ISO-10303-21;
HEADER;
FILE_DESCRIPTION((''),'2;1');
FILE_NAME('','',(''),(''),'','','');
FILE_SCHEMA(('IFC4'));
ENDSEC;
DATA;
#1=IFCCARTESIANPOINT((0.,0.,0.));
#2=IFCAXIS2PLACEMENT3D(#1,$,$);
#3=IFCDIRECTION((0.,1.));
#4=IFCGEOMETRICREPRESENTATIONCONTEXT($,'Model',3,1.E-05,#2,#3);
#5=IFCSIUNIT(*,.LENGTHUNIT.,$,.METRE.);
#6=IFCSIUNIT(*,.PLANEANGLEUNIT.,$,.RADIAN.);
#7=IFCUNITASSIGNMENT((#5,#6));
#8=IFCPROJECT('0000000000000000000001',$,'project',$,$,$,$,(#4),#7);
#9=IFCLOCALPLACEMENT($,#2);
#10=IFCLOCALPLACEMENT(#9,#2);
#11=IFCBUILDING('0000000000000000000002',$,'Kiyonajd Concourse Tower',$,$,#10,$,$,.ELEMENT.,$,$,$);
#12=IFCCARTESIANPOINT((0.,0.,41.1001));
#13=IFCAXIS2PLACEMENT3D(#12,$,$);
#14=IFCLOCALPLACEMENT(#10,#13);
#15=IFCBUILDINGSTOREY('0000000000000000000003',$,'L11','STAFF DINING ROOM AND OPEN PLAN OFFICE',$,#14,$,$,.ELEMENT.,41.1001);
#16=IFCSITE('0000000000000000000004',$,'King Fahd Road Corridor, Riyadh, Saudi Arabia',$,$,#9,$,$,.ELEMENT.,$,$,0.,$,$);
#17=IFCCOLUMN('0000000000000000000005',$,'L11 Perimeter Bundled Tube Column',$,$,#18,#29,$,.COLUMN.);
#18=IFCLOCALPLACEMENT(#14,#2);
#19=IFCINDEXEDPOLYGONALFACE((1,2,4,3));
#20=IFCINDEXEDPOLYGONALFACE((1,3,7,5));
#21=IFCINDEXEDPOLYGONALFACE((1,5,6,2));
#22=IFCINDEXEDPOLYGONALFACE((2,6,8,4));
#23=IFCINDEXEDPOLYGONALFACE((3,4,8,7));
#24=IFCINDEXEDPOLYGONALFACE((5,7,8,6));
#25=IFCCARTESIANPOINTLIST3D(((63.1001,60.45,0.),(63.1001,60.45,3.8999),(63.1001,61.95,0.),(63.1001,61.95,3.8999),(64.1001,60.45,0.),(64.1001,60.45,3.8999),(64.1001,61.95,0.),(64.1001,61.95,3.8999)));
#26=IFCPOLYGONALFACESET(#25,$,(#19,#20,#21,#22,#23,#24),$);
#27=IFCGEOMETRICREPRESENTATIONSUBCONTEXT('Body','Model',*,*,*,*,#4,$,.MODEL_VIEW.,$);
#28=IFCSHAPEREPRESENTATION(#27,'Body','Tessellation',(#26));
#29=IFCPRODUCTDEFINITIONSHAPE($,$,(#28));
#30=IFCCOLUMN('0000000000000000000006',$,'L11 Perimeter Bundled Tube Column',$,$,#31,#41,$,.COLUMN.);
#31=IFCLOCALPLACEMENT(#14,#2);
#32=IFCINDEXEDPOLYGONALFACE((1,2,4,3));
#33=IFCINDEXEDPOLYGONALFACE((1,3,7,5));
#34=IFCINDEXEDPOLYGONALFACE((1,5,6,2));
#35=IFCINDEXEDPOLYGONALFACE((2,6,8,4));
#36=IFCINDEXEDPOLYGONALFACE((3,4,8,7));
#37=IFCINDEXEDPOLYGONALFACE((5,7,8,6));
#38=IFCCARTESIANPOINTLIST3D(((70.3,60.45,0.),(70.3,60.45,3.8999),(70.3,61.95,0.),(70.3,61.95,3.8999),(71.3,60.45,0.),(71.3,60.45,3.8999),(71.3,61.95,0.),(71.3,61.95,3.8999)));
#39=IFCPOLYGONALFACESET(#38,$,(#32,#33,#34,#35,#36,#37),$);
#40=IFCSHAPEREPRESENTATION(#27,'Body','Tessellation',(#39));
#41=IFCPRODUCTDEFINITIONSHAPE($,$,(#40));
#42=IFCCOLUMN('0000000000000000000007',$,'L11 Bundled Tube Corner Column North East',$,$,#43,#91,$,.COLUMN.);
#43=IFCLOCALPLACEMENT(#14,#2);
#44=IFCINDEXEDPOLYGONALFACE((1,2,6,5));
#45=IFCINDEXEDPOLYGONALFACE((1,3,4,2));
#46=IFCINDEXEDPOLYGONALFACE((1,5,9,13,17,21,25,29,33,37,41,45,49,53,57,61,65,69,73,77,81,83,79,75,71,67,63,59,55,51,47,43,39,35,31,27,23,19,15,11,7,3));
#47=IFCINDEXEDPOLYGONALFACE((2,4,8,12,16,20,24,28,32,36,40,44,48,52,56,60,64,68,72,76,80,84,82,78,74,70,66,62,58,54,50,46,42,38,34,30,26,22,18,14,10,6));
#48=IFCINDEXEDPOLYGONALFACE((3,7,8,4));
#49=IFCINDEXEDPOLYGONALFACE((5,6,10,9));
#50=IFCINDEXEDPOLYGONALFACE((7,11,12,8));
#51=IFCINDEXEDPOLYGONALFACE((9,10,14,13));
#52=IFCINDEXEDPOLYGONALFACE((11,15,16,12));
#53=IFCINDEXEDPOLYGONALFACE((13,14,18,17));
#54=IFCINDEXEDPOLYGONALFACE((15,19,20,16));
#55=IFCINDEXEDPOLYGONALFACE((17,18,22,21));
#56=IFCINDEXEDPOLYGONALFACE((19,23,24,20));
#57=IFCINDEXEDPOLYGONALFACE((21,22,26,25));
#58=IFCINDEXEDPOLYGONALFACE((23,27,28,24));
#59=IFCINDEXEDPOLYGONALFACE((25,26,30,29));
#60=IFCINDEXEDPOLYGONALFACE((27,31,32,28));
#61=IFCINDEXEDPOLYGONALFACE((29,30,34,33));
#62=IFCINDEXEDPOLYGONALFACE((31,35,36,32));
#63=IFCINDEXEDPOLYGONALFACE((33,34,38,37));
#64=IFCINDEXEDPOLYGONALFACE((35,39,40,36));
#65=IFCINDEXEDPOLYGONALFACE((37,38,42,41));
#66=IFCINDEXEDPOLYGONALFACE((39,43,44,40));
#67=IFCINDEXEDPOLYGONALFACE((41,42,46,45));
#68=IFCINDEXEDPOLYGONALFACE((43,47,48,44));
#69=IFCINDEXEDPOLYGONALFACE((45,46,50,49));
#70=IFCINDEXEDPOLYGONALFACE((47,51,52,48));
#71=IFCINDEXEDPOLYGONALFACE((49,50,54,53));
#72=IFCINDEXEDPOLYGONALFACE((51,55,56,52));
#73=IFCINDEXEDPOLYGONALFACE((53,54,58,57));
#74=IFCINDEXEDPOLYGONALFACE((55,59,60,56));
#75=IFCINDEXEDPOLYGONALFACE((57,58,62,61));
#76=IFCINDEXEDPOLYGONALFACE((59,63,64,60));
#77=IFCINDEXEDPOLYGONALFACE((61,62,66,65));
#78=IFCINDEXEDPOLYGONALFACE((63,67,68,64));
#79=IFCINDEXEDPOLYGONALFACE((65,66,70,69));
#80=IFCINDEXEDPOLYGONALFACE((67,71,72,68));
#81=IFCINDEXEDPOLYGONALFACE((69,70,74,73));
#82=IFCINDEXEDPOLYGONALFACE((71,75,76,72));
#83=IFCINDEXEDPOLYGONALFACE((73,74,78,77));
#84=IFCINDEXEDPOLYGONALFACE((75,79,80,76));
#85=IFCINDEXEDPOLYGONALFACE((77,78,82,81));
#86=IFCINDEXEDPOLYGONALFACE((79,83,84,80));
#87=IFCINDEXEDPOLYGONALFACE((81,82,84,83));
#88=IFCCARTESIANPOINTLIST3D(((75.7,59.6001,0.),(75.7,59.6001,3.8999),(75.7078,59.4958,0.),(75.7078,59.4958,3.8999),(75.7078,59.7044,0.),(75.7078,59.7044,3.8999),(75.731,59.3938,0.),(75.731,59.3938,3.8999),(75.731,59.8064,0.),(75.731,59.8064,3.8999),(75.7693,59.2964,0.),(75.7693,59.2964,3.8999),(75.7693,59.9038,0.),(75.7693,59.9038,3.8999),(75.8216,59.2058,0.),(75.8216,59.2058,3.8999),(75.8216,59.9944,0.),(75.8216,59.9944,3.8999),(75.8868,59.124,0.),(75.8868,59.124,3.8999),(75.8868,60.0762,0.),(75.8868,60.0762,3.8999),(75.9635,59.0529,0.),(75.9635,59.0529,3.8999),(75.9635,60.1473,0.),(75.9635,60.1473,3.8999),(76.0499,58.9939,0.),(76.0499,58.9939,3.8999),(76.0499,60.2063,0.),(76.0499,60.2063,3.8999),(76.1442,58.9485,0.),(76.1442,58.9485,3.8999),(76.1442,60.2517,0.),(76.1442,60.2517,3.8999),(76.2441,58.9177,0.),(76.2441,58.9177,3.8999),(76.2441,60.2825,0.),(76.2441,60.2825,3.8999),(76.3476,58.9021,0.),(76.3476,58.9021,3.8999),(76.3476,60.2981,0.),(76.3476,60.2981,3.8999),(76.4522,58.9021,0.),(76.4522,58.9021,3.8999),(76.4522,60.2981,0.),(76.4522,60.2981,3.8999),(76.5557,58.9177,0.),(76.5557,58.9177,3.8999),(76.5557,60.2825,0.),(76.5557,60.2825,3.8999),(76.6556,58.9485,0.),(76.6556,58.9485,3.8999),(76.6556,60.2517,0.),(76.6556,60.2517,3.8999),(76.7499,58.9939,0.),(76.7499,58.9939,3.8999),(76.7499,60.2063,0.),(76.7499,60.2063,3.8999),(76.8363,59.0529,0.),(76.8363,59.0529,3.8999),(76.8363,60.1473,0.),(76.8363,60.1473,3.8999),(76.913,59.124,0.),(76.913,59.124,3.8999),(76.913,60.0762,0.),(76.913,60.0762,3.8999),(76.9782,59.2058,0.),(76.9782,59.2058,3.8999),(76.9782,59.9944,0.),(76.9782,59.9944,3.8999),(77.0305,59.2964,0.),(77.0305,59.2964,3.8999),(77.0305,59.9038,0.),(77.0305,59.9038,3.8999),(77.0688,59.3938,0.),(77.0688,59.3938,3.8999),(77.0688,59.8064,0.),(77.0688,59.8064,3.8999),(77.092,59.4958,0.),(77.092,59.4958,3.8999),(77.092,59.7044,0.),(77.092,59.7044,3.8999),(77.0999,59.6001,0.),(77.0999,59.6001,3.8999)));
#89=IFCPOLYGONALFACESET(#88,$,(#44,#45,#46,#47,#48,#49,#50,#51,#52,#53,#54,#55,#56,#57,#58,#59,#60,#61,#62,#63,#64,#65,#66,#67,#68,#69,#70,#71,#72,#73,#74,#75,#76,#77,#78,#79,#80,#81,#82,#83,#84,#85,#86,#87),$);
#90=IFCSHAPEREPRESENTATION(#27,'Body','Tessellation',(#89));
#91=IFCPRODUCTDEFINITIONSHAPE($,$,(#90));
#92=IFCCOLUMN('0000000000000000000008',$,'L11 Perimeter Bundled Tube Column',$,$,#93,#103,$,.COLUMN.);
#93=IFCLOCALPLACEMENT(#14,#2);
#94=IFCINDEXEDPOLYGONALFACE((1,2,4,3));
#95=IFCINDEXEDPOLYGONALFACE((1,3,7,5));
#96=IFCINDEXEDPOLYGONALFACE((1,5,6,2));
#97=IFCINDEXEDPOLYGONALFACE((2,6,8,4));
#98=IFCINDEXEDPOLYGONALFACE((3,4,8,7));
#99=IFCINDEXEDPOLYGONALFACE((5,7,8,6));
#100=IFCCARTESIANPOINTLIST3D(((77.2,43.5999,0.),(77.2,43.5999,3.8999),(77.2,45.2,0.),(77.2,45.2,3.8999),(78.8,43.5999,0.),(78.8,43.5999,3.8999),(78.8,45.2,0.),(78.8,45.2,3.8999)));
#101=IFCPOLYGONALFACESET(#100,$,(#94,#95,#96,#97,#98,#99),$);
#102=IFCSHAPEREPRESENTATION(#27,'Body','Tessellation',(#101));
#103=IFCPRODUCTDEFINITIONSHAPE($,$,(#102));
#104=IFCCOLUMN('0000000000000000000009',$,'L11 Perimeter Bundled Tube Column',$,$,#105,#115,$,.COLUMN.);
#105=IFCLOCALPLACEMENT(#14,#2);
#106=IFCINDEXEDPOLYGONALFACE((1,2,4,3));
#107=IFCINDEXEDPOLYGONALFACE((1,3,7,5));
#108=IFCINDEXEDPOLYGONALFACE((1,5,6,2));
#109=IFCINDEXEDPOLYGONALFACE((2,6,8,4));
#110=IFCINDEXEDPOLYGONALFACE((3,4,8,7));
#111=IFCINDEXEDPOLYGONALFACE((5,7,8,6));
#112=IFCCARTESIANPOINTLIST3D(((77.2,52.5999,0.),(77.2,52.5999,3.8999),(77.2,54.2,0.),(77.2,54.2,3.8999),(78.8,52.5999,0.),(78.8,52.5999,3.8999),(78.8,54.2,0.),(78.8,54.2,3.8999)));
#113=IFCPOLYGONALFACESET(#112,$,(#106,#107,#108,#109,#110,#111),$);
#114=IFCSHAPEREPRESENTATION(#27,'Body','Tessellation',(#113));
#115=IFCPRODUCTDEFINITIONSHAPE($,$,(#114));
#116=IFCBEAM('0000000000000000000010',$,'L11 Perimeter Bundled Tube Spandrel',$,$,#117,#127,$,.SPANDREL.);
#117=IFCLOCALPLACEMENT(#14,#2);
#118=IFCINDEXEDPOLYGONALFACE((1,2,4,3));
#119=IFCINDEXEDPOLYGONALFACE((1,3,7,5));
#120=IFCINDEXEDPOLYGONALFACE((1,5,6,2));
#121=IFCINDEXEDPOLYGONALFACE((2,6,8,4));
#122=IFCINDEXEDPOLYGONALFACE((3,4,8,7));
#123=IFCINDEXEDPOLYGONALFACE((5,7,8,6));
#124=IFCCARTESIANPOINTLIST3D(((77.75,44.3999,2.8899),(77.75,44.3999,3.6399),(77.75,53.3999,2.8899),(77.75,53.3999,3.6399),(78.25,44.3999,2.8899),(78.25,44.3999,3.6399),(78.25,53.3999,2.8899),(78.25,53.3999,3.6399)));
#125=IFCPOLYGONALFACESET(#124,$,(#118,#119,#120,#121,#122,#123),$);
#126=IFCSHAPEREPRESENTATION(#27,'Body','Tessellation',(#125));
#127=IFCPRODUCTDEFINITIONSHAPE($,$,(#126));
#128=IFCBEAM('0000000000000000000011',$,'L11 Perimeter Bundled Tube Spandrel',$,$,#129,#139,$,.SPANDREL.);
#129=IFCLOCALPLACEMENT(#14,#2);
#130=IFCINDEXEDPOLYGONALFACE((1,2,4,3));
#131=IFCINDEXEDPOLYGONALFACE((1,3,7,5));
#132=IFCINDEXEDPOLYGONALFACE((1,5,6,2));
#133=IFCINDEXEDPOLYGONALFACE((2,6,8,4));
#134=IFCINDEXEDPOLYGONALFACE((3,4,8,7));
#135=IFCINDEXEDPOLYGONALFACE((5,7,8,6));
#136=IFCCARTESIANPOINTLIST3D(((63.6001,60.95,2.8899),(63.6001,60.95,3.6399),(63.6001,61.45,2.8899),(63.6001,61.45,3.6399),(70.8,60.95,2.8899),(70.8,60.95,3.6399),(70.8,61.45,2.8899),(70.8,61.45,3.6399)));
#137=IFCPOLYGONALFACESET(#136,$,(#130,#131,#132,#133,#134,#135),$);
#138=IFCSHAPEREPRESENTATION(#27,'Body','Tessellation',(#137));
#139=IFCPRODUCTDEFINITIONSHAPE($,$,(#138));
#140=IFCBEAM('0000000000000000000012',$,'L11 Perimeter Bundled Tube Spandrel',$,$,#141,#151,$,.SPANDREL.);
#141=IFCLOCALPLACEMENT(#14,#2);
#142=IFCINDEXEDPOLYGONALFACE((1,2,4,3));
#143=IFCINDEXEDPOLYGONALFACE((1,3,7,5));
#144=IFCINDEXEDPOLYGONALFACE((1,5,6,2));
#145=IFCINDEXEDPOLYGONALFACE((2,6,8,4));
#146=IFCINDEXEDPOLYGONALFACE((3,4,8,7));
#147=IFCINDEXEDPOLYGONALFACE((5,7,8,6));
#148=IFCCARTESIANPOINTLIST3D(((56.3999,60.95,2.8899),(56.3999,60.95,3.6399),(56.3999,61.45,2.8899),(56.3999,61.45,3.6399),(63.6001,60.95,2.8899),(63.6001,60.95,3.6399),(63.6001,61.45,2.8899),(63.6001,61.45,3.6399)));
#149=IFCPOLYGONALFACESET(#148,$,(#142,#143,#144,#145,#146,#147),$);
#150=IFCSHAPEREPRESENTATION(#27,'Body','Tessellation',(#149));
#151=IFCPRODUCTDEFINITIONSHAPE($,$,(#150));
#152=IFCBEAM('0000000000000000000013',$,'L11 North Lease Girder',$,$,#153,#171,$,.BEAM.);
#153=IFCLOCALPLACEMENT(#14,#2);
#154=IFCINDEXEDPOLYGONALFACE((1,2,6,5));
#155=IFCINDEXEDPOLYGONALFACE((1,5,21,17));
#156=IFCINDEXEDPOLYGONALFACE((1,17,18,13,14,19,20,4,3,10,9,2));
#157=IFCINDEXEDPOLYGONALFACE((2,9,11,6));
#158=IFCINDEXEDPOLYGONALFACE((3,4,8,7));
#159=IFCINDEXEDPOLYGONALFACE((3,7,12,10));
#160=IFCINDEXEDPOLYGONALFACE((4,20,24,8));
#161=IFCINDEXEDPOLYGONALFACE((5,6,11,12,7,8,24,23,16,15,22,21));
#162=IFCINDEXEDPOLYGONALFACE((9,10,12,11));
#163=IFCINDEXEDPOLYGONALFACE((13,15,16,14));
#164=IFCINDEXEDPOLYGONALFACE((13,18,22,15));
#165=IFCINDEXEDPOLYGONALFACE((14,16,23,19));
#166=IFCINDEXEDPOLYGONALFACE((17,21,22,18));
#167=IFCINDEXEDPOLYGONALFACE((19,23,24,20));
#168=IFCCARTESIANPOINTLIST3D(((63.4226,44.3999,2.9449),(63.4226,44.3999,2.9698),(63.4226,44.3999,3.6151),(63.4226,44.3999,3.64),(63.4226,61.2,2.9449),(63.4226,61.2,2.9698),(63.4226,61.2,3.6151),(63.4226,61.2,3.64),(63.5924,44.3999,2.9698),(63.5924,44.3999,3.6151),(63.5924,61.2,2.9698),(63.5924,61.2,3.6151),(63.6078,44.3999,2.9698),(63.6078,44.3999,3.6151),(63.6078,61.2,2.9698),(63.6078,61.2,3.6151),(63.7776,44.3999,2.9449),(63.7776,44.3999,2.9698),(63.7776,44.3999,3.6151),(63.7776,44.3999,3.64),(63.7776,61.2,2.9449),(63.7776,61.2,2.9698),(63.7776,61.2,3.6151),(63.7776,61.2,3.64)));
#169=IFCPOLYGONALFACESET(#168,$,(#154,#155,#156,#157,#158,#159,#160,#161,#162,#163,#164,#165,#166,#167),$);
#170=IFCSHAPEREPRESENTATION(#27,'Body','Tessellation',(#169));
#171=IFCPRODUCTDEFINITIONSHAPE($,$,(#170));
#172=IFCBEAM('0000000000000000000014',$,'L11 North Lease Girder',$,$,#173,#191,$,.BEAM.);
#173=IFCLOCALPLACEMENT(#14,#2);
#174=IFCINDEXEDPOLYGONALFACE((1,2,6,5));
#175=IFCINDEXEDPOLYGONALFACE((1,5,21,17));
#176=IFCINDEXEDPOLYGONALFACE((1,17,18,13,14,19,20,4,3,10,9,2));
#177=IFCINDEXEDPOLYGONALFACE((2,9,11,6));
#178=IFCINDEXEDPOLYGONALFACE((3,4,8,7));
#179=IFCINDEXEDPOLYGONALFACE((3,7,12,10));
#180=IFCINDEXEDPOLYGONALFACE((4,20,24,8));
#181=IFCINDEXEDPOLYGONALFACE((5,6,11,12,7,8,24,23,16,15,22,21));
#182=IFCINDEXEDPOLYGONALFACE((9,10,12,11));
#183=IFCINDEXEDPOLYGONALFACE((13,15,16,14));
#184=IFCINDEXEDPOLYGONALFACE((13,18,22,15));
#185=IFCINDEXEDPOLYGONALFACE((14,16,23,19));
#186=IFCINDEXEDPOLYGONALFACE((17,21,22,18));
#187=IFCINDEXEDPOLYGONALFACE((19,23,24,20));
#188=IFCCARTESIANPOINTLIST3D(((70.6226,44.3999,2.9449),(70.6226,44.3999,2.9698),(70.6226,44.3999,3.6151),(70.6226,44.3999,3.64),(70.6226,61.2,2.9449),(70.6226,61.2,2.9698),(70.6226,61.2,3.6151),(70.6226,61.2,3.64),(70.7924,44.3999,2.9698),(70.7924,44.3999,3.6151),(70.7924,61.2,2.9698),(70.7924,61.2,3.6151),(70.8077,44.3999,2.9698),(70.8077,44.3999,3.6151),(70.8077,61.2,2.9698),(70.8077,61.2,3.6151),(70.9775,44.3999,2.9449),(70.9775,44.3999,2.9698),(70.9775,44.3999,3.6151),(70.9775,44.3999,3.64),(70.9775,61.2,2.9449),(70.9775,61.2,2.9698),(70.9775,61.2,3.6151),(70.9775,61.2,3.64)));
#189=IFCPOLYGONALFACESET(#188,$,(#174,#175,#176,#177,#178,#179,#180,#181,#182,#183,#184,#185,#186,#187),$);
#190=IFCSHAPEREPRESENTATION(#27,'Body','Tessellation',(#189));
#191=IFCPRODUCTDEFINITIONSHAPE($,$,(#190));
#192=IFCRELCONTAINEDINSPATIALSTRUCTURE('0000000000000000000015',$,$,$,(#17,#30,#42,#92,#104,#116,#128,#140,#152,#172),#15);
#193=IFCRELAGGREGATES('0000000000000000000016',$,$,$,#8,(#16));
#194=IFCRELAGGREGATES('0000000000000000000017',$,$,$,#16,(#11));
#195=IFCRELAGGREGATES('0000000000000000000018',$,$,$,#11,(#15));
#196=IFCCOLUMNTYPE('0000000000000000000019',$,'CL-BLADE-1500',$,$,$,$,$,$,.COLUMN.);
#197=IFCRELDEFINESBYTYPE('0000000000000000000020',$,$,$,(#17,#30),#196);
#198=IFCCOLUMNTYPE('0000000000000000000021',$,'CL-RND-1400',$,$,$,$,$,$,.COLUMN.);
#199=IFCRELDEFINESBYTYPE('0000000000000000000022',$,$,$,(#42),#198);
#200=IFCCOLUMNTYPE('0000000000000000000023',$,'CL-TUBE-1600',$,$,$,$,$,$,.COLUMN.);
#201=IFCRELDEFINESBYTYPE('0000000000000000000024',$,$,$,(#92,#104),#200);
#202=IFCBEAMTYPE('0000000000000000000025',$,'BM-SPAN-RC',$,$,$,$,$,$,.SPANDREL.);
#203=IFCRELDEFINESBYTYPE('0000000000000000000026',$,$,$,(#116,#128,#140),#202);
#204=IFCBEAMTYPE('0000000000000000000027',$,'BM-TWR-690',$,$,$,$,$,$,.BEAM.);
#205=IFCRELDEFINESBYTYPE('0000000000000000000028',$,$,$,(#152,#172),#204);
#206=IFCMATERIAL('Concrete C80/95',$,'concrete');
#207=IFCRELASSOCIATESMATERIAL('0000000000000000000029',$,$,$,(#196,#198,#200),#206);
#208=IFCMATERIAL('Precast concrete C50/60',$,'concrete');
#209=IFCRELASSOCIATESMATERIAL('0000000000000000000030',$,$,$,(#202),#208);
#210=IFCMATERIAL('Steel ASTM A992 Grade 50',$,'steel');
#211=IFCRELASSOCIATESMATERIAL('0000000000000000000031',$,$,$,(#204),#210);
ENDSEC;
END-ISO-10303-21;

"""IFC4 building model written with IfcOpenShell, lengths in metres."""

from ifc_helpers import new_model, si_unit, direction, frame, origin, origin_2d, place, context, subcontext, project, spatial, rectangle, circle, i_section, extrude, material, material_profile, profile_set, type_object, element, save


model = new_model("IFC4")

# Units and contexts
model_context = context("Model", 3, precision=1e-05, world=origin(), true_north=direction((0.0, 1.0)))
body_context = subcontext(model_context, "Body", "Model", "MODEL_VIEW")
ifc_project = project(units=[si_unit("LENGTHUNIT", "METRE"), si_unit("PLANEANGLEUNIT", "RADIAN")], contexts=[model_context])

# Site, building, storey
site_placement = place(None, origin())
site = spatial("IfcSite", under=ifc_project, at=site_placement, Name="King Fahd Road Corridor, Riyadh, Saudi Arabia", CompositionType="ELEMENT", RefElevation=0.0)
building_placement = place(site_placement, origin())
building = spatial("IfcBuilding", under=site, at=building_placement, Name="Kiyonajd Concourse Tower", CompositionType="ELEMENT")
storey_placement = place(building_placement, frame((0.0, 0.0, 41.1001)))
storey = spatial("IfcBuildingStorey", under=building, at=storey_placement, Name="L11", Description="STAFF DINING ROOM AND OPEN PLAN OFFICE", CompositionType="ELEMENT", Elevation=41.1001)

# Columns
ifc_material_1 = material(Name="Concrete C80/95", Category="concrete")
ifc_material_profile_1 = material_profile(ifc_material_1, rectangle(XDim=1.0, YDim=1.5, at=origin_2d()), Name="RC-1500x1000")
ifc_profile_set_1 = profile_set([ifc_material_profile_1], Name="Concrete C80/95")
column_type_1 = type_object("IfcColumnType", Name="CL-BLADE-1500", PredefinedType="COLUMN", material=ifc_profile_set_1)
for number, where, z_axis, x_axis, name in (
    (1, (63.6001, 61.2, 0.0), (0.0, 0.0, 1.0), (1.0, 0.0, 0.0), "L11 Perimeter Bundled Tube Column"),
    (2, (70.8, 61.2, 0.0), (0.0, 0.0, 1.0), (1.0, 0.0, 0.0), "L11 Perimeter Bundled Tube Column"),
):
    element("IfcColumn", number, at=place(storey_placement, frame(where, z_axis=z_axis, x_axis=x_axis)), inside=storey, type_object=column_type_1, Name=name, PredefinedType="COLUMN", context=body_context, shape_type="SweptSolid", body=[
        extrude(rectangle(XDim=1.0, YDim=1.5, at=origin_2d()), origin(), (0.0, 0.0, 1.0), 3.8999),
    ])
ifc_material_profile_2 = material_profile(ifc_material_1, circle(Radius=0.7, at=origin_2d()), Name="RCC-D1400")
ifc_profile_set_2 = profile_set([ifc_material_profile_2], Name="Concrete C80/95")
column_type_2 = type_object("IfcColumnType", Name="CL-RND-1400", PredefinedType="COLUMN", material=ifc_profile_set_2)
column_placement = place(storey_placement, frame((76.3999, 59.6001, 0.0), z_axis=(0.0, 0.0, 1.0), x_axis=(1.0, 0.0, 0.0)))
element("IfcColumn", 3, at=column_placement, inside=storey, type_object=column_type_2, Name="L11 Bundled Tube Corner Column North East", PredefinedType="COLUMN", context=body_context, shape_type="SweptSolid", body=[
    extrude(circle(Radius=0.7, at=origin_2d()), origin(), (0.0, 0.0, 1.0), 3.8999),
])
ifc_material_profile_3 = material_profile(ifc_material_1, rectangle(XDim=1.6001, YDim=1.6001, at=origin_2d()), Name="RC-1600x1600")
ifc_profile_set_3 = profile_set([ifc_material_profile_3], Name="Concrete C80/95")
column_type_3 = type_object("IfcColumnType", Name="CL-TUBE-1600", PredefinedType="COLUMN", material=ifc_profile_set_3)
for number, where, z_axis, x_axis, name in (
    (4, (78.0, 44.3999, 0.0), (0.0, 0.0, 1.0), (1.0, 0.0, 0.0), "L11 Perimeter Bundled Tube Column"),
    (5, (78.0, 53.3999, 0.0), (0.0, 0.0, 1.0), (1.0, 0.0, 0.0), "L11 Perimeter Bundled Tube Column"),
):
    element("IfcColumn", number, at=place(storey_placement, frame(where, z_axis=z_axis, x_axis=x_axis)), inside=storey, type_object=column_type_3, Name=name, PredefinedType="COLUMN", context=body_context, shape_type="SweptSolid", body=[
        extrude(rectangle(XDim=1.6001, YDim=1.6001, at=origin_2d()), origin(), (0.0, 0.0, 1.0), 3.8999),
    ])

# Beams
ifc_material_2 = material(Name="Precast concrete C50/60", Category="concrete")
ifc_material_profile_4 = material_profile(ifc_material_2, rectangle(XDim=0.5, YDim=0.75, at=origin_2d()), Name="RCBM-500x750")
ifc_profile_set_4 = profile_set([ifc_material_profile_4], Name="Precast concrete C50/60")
beam_type_1 = type_object("IfcBeamType", Name="BM-SPAN-RC", PredefinedType="SPANDREL", material=ifc_profile_set_4)
beam_1_placement = place(storey_placement, frame((78.0, 44.3999, 3.2649), z_axis=(0.0, 1.0, 0.0), x_axis=(-1.0, 0.0, 0.0)))
element("IfcBeam", 6, at=beam_1_placement, inside=storey, type_object=beam_type_1, Name="L11 Perimeter Bundled Tube Spandrel", PredefinedType="SPANDREL", context=body_context, shape_type="SweptSolid", body=[
    extrude(rectangle(XDim=0.5, YDim=0.75, at=origin_2d()), origin(), (0.0, 0.0, 1.0), 9.0),
])
beam_2_placement = place(storey_placement, frame((70.8, 61.2, 3.2649), z_axis=(-1.0, 0.0, 0.0), x_axis=(0.0, -1.0, 0.0)))
element("IfcBeam", 7, at=beam_2_placement, inside=storey, type_object=beam_type_1, Name="L11 Perimeter Bundled Tube Spandrel", PredefinedType="SPANDREL", context=body_context, shape_type="SweptSolid", body=[
    extrude(rectangle(XDim=0.5, YDim=0.75, at=origin_2d()), origin(), (0.0, 0.0, 1.0), 7.2),
])
beam_3_placement = place(storey_placement, frame((63.6001, 61.2, 3.2649), z_axis=(-1.0, 0.0, 0.0), x_axis=(0.0, -1.0, 0.0)))
element("IfcBeam", 8, at=beam_3_placement, inside=storey, type_object=beam_type_1, Name="L11 Perimeter Bundled Tube Spandrel", PredefinedType="SPANDREL", context=body_context, shape_type="SweptSolid", body=[
    extrude(rectangle(XDim=0.5, YDim=0.75, at=origin_2d()), origin(), (0.0, 0.0, 1.0), 7.2002),
])
ifc_material_3 = material(Name="Steel ASTM A992 Grade 50", Category="steel")
ifc_material_profile_5 = material_profile(ifc_material_3, i_section(OverallWidth=0.355, OverallDepth=0.6951, WebThickness=0.0154, FlangeThickness=0.0249, at=origin_2d()), Name="W690X217")
ifc_profile_set_5 = profile_set([ifc_material_profile_5], Name="Steel ASTM A992 Grade 50")
beam_type_2 = type_object("IfcBeamType", Name="BM-TWR-690", PredefinedType="BEAM", material=ifc_profile_set_5)
for number, where, z_axis, x_axis, name in (
    (9, (63.6001, 44.3999, 3.2925), (0.0, 1.0, 0.0), (-1.0, 0.0, 0.0), "L11 North Lease Girder"),
    (10, (70.8, 44.3999, 3.2925), (0.0, 1.0, 0.0), (-1.0, 0.0, 0.0), "L11 North Lease Girder"),
):
    element("IfcBeam", number, at=place(storey_placement, frame(where, z_axis=z_axis, x_axis=x_axis)), inside=storey, type_object=beam_type_2, Name=name, PredefinedType="BEAM", context=body_context, shape_type="SweptSolid", body=[
        extrude(i_section(OverallWidth=0.355, OverallDepth=0.6951, WebThickness=0.0154, FlangeThickness=0.0249, at=origin_2d()), origin(), (0.0, 0.0, 1.0), 16.8),
    ])

save(model, "model.ifc")
